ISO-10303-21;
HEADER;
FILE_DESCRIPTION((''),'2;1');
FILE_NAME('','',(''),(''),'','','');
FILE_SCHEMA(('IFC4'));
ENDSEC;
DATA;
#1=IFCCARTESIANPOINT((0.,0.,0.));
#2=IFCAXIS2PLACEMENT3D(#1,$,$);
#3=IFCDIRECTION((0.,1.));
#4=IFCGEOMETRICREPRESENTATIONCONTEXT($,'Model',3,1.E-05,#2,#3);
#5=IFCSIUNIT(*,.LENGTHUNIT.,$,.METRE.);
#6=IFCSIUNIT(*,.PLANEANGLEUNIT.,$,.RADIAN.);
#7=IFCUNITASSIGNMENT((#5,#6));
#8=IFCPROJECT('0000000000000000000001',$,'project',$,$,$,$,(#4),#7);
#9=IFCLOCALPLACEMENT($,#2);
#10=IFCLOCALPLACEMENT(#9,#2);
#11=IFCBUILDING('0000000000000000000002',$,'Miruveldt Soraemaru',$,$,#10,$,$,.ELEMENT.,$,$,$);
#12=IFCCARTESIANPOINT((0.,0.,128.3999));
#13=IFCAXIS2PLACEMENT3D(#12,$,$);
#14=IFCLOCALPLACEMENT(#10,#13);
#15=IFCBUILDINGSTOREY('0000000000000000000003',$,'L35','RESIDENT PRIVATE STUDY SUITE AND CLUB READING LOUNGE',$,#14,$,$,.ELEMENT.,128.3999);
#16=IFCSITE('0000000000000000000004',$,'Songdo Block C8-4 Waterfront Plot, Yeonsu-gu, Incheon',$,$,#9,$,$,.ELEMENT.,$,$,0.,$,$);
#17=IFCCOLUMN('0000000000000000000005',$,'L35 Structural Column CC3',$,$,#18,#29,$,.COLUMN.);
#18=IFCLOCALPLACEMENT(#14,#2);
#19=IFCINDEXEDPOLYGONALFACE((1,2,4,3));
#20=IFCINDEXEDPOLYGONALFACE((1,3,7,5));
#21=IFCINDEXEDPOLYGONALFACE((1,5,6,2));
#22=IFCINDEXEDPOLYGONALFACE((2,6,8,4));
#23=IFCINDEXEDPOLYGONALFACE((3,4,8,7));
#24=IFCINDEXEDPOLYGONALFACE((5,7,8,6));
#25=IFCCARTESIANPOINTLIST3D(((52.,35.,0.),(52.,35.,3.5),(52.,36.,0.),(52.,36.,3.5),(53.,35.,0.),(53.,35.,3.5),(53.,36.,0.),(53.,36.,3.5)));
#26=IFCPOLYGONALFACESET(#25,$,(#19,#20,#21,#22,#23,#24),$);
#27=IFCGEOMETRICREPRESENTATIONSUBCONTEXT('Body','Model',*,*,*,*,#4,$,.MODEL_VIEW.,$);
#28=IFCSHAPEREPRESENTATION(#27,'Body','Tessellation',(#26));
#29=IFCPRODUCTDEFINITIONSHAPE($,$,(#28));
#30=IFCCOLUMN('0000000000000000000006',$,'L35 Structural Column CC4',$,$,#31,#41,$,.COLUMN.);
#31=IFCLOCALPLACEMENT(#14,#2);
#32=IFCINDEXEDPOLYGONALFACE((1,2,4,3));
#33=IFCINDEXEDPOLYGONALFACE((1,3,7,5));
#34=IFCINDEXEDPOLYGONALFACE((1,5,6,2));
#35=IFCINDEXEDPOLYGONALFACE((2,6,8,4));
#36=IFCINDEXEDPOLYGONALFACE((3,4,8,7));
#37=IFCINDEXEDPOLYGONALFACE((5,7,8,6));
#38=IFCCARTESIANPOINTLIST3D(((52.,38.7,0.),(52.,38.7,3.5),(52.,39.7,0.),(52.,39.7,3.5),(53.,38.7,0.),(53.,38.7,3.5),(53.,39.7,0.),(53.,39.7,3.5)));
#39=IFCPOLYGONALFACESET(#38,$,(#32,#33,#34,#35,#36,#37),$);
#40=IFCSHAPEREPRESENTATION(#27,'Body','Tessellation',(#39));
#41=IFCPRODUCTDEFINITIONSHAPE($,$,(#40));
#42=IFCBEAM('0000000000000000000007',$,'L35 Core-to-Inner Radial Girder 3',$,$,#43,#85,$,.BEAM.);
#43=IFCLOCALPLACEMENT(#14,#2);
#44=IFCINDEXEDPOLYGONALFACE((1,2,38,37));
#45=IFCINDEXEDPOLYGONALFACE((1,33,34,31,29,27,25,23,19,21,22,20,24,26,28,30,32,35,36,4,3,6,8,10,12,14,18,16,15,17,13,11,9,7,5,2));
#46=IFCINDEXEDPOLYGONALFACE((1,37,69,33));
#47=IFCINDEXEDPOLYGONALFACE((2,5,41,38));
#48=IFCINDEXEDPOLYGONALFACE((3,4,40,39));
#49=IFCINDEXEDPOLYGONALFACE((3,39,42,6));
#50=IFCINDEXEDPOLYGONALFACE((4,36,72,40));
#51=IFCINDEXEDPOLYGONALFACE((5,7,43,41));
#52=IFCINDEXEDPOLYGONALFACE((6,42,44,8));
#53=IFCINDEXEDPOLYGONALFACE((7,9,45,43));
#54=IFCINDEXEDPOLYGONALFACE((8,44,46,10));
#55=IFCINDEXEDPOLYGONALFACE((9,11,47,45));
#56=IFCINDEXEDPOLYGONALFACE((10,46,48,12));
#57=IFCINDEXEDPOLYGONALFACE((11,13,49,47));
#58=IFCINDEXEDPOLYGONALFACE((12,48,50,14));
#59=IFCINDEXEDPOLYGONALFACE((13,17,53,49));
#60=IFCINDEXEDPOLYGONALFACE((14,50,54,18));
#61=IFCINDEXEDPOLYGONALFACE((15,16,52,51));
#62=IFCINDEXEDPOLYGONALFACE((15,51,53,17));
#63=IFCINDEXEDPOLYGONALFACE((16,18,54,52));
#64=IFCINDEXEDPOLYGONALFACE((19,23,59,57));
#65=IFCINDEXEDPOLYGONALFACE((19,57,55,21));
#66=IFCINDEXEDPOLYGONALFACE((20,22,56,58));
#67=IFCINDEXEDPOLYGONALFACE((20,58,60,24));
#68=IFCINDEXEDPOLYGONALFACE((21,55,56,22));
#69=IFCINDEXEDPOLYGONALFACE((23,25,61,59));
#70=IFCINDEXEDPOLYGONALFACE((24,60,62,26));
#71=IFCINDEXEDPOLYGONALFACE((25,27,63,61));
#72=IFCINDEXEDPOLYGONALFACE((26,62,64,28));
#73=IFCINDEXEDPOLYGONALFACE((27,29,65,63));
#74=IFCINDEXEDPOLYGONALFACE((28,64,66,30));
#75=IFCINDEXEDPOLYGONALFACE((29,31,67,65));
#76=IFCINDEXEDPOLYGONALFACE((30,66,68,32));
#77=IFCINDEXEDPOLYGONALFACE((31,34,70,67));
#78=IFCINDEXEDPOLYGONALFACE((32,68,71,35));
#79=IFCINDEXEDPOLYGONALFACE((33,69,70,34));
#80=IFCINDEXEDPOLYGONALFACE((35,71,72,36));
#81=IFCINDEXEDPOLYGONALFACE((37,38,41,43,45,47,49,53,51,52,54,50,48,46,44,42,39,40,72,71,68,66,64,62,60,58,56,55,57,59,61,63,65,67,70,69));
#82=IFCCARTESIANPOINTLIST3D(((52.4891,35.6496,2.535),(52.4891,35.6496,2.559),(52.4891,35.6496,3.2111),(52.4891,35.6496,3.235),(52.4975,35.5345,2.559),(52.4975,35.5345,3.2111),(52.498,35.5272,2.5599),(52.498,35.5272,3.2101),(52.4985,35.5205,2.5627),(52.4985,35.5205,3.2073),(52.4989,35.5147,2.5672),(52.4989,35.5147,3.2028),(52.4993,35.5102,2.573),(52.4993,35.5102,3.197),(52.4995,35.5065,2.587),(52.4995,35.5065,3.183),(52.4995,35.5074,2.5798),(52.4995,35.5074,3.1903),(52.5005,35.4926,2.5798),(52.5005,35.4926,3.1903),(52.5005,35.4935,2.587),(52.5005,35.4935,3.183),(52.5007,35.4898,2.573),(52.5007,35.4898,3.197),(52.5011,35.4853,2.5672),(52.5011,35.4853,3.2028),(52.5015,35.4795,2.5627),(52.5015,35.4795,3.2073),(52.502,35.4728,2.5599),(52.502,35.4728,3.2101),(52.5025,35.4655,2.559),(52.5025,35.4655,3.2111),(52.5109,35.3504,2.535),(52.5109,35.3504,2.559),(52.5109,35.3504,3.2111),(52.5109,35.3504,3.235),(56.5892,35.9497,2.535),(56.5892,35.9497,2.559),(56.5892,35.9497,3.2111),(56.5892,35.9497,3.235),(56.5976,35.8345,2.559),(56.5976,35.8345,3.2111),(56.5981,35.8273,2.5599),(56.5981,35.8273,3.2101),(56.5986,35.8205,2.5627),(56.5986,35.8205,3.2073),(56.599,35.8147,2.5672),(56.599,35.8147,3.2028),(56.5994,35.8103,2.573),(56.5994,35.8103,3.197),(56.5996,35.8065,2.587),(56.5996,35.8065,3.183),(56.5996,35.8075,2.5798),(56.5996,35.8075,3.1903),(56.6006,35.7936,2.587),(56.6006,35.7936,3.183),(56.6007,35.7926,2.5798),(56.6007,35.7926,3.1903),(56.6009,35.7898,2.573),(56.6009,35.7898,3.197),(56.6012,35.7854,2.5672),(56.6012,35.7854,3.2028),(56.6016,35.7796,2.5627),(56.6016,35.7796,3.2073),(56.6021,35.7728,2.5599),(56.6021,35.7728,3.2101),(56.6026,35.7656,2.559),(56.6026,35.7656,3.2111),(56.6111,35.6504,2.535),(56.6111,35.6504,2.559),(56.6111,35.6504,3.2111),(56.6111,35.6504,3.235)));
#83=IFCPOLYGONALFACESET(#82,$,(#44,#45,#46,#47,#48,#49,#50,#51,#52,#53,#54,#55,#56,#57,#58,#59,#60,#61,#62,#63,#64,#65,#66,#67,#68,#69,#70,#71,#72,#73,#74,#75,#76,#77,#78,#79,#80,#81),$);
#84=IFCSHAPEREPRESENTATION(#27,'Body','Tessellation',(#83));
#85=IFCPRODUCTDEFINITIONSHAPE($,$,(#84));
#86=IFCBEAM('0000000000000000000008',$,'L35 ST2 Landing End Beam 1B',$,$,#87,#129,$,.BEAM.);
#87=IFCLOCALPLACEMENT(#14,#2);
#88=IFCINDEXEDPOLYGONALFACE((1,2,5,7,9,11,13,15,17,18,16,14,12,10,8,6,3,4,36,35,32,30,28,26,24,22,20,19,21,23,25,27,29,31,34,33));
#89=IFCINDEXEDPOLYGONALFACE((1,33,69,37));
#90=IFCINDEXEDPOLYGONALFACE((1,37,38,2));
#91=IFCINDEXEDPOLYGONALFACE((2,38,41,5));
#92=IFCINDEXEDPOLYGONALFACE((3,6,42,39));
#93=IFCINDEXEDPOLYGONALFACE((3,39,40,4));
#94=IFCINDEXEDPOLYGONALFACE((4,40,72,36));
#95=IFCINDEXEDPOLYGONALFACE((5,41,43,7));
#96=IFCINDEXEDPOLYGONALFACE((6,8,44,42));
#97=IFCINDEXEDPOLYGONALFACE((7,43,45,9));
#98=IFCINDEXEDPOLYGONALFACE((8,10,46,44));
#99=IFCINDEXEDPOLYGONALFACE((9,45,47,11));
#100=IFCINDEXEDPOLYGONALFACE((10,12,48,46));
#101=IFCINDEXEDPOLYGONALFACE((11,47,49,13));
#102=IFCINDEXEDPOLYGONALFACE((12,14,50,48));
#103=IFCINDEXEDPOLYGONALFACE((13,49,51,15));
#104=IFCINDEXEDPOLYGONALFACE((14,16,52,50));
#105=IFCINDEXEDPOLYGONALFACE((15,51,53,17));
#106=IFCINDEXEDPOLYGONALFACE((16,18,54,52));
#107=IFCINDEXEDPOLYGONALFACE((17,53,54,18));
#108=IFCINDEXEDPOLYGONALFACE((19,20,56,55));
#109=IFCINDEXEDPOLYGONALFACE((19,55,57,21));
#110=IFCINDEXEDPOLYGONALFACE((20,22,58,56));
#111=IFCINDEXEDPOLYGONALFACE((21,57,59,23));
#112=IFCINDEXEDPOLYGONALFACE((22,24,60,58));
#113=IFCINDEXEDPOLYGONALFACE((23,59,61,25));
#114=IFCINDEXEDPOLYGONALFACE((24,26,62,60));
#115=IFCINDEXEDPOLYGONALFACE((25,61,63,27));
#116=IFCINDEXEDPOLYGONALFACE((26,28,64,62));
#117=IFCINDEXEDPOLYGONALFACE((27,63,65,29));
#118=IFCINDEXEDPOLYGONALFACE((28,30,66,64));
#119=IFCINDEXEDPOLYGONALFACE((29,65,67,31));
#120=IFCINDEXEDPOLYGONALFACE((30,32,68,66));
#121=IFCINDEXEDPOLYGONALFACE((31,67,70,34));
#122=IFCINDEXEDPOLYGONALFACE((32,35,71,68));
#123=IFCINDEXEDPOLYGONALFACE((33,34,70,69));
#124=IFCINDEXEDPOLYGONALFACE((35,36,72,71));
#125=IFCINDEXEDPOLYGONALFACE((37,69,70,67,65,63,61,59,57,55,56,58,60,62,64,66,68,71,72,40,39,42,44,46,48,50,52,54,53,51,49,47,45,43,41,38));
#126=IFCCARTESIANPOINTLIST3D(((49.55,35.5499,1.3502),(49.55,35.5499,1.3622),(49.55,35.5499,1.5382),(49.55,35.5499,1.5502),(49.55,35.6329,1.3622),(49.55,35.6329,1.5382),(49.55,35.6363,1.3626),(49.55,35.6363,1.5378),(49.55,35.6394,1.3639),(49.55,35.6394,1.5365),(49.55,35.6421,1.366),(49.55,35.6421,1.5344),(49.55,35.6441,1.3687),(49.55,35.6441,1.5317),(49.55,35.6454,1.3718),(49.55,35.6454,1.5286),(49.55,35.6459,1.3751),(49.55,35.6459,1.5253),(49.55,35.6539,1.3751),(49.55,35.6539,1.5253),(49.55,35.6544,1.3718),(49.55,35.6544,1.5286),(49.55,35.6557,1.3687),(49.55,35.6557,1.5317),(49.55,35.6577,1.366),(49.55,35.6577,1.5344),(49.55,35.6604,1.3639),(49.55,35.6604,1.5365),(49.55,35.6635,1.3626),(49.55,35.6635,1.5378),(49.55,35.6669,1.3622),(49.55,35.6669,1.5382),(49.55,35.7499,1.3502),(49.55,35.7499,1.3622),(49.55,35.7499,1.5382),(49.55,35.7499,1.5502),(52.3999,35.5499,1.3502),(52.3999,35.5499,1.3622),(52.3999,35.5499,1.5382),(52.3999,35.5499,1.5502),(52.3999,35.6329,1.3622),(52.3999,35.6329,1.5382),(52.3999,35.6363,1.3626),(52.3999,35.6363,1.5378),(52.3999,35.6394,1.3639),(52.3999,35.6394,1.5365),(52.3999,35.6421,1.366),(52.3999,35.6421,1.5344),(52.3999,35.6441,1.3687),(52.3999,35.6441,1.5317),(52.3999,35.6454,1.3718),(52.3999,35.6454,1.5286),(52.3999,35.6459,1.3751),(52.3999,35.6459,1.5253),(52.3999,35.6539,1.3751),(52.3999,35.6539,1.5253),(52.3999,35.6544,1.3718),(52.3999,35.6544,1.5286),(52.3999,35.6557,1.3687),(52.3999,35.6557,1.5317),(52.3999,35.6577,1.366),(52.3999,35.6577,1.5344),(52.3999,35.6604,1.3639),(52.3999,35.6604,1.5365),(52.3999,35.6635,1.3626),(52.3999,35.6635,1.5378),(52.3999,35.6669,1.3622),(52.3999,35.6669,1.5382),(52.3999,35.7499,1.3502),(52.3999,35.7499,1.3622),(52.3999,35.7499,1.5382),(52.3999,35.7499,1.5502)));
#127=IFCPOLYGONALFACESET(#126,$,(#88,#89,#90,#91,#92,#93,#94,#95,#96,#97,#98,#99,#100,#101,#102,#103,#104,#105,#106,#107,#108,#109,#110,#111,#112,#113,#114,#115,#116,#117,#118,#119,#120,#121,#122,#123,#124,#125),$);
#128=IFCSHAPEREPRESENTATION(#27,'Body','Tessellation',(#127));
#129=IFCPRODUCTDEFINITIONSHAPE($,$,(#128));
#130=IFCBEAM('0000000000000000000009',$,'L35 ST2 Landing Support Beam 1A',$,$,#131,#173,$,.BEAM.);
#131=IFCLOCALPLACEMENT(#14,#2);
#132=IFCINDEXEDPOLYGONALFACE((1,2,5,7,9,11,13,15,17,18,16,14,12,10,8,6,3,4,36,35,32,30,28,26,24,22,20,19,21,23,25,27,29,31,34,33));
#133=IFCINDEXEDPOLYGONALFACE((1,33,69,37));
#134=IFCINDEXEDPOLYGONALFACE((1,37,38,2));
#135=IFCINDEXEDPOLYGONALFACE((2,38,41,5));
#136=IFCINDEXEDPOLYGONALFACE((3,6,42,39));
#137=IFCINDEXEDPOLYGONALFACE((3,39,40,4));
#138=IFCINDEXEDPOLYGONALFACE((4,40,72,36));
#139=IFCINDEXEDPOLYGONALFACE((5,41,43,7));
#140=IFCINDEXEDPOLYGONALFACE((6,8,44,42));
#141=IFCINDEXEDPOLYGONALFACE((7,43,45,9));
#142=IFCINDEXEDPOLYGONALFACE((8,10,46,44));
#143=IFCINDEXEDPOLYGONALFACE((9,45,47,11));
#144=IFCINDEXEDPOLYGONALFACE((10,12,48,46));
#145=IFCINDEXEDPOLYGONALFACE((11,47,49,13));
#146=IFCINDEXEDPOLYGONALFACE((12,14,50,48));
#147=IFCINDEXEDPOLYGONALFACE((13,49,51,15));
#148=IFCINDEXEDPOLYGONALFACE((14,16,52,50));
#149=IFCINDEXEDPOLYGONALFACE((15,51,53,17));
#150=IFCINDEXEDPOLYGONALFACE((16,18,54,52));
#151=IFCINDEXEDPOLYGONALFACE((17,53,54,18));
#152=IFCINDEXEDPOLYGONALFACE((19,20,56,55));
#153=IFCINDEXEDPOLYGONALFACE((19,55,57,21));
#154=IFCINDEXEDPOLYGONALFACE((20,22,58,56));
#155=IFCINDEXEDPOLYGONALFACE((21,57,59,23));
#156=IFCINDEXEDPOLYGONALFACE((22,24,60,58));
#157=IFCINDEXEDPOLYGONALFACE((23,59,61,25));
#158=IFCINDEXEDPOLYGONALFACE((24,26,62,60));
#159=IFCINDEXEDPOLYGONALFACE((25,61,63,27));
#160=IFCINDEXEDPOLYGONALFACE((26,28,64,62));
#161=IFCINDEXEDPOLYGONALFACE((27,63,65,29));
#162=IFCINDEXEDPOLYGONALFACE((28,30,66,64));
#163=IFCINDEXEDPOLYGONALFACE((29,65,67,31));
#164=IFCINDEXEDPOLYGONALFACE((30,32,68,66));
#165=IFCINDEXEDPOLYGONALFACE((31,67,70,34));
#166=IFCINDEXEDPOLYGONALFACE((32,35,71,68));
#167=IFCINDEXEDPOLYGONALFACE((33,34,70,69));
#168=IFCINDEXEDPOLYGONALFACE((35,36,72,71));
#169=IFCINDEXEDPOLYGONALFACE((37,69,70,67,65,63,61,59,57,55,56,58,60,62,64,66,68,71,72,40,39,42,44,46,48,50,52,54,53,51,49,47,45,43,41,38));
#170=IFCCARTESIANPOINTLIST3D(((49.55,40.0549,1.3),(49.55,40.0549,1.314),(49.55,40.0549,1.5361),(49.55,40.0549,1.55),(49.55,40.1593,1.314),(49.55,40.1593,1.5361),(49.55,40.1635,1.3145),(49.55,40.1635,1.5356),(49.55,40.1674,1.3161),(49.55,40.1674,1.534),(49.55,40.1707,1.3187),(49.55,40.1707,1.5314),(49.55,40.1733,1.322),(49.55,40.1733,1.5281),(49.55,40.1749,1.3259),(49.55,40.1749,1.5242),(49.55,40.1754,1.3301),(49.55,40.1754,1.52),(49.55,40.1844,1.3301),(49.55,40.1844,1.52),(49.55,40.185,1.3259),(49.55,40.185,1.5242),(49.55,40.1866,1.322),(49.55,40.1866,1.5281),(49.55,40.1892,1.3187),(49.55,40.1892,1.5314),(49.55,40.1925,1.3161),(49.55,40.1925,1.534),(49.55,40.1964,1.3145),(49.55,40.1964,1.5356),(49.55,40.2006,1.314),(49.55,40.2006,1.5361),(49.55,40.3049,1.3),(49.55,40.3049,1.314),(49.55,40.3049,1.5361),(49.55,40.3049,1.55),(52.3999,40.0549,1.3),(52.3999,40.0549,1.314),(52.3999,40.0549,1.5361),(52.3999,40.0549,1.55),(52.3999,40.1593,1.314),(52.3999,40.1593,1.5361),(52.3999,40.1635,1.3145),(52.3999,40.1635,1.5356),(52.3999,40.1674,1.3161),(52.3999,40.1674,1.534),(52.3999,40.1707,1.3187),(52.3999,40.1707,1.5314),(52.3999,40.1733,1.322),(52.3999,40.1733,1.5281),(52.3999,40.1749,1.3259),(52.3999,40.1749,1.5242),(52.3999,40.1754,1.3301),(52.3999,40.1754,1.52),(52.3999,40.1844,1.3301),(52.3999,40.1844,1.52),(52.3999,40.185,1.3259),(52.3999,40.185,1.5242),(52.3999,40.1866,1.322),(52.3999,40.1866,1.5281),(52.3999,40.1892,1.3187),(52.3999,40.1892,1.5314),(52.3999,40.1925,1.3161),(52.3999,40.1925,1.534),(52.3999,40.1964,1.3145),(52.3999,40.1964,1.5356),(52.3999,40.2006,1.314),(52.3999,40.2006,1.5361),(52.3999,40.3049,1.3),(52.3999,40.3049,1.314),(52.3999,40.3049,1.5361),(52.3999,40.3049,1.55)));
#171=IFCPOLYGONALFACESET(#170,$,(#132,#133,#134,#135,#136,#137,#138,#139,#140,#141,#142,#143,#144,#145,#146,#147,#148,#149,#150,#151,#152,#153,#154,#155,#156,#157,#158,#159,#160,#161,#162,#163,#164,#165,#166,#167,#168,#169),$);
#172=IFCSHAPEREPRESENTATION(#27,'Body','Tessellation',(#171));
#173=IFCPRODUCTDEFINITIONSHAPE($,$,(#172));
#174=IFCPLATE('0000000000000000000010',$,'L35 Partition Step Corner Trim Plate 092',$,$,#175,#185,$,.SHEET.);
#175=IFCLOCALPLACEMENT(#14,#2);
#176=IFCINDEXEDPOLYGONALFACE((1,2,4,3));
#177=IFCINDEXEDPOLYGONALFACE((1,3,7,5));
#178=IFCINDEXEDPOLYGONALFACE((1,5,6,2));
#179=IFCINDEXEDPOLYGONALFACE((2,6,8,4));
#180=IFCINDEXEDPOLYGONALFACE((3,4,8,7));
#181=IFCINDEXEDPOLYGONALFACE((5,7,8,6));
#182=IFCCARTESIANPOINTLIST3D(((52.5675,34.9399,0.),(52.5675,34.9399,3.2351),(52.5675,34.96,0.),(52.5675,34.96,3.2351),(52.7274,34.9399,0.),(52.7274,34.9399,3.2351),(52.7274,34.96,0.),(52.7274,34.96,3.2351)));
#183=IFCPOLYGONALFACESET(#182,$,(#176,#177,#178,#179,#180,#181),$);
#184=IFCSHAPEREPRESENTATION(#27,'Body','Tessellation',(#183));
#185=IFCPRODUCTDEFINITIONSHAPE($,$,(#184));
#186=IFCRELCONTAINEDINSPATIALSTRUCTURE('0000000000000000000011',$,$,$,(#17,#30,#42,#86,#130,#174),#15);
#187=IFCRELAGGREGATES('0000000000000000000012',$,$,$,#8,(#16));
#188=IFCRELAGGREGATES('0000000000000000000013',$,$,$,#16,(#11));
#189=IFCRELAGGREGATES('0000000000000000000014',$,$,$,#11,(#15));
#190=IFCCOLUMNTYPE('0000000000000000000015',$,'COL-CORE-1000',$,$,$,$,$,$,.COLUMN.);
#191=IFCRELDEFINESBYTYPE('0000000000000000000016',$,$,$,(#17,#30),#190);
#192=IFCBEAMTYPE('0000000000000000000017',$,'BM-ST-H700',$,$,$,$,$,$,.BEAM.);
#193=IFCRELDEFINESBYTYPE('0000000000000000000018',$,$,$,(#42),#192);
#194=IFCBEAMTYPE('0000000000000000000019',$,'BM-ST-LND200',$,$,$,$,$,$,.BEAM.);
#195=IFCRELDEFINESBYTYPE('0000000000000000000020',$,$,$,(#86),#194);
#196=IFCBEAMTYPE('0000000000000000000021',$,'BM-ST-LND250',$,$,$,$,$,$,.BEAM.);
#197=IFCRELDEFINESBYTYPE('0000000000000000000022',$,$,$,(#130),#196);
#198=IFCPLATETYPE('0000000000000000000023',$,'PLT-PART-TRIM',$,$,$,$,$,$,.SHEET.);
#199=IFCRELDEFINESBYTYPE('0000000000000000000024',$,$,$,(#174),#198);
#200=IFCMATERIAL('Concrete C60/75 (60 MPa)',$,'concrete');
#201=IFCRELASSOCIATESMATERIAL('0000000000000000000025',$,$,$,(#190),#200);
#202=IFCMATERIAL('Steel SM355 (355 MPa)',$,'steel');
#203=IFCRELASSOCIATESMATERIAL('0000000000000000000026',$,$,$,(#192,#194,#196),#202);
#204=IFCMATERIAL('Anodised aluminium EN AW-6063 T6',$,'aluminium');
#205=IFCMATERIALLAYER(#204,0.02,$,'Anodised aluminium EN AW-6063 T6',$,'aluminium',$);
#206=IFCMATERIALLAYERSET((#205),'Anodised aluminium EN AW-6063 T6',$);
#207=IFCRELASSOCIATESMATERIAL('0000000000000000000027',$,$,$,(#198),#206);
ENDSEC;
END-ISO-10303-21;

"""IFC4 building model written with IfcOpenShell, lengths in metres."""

from ifc_helpers import new_model, si_unit, direction, frame, origin, origin_2d, place, context, subcontext, project, spatial, rectangle, i_section, extrude, material, layer, layer_set, material_profile, profile_set, type_object, element, save


model = new_model("IFC4")

# Units and contexts
model_context = context("Model", 3, precision=1e-05, world=origin(), true_north=direction((0.0, 1.0)))
body_context = subcontext(model_context, "Body", "Model", "MODEL_VIEW")
ifc_project = project(units=[si_unit("LENGTHUNIT", "METRE"), si_unit("PLANEANGLEUNIT", "RADIAN")], contexts=[model_context])

# Site, building, storey
site_placement = place(None, origin())
site = spatial("IfcSite", under=ifc_project, at=site_placement, Name="Songdo Block C8-4 Waterfront Plot, Yeonsu-gu, Incheon", CompositionType="ELEMENT", RefElevation=0.0)
building_placement = place(site_placement, origin())
building = spatial("IfcBuilding", under=site, at=building_placement, Name="Miruveldt Soraemaru", CompositionType="ELEMENT")
storey_placement = place(building_placement, frame((0.0, 0.0, 128.3999)))
storey = spatial("IfcBuildingStorey", under=building, at=storey_placement, Name="L35", Description="RESIDENT PRIVATE STUDY SUITE AND CLUB READING LOUNGE", CompositionType="ELEMENT", Elevation=128.3999)

# Columns
ifc_material_1 = material(Name="Concrete C60/75 (60 MPa)", Category="concrete")
ifc_material_profile_1 = material_profile(ifc_material_1, rectangle(XDim=1.0, YDim=1.0, at=origin_2d()), Name="Concrete C60/75 (60 MPa)", Category="concrete")
ifc_profile_set_1 = profile_set([ifc_material_profile_1], Name="Concrete C60/75 (60 MPa)")
column_type = type_object("IfcColumnType", Name="COL-CORE-1000", PredefinedType="COLUMN", material=ifc_profile_set_1)
for number, where, z_axis, x_axis, name in (
    (1, (52.5, 35.5, 0.0), (0.0, 0.0, 1.0), (1.0, 0.0, 0.0), "L35 Structural Column CC3"),
    (2, (52.5, 39.2, 0.0), (0.0, 0.0, 1.0), (1.0, 0.0, 0.0), "L35 Structural Column CC4"),
):
    element("IfcColumn", number, at=place(storey_placement, frame(where, z_axis=z_axis, x_axis=x_axis)), inside=storey, type_object=column_type, Name=name, PredefinedType="COLUMN", context=body_context, shape_type="SweptSolid", body=[
        extrude(rectangle(XDim=1.0, YDim=1.0, at=origin_2d()), origin(), (0.0, 0.0, 1.0), 3.5),
    ])

# Beams
ifc_material_2 = material(Name="Steel SM355 (355 MPa)", Category="steel")
ifc_material_profile_2 = material_profile(ifc_material_2, i_section(OverallWidth=0.3, OverallDepth=0.7, WebThickness=0.0129, FlangeThickness=0.0239, FilletRadius=0.0281, at=origin_2d()), Name="Steel SM355 (355 MPa)", Category="steel")
ifc_profile_set_2 = profile_set([ifc_material_profile_2], Name="Steel SM355 (355 MPa)")
beam_type_1 = type_object("IfcBeamType", Name="BM-ST-H700", PredefinedType="BEAM", material=ifc_profile_set_2)
beam_1_placement = place(storey_placement, frame((52.5, 35.5, 2.885), z_axis=(0.997333, 0.072986, 0.0), x_axis=(-0.072986, 0.997333, 0.0)))
element("IfcBeam", 3, at=beam_1_placement, inside=storey, type_object=beam_type_1, Name="L35 Core-to-Inner Radial Girder 3", PredefinedType="BEAM", context=body_context, shape_type="SweptSolid", body=[
    extrude(i_section(OverallWidth=0.3, OverallDepth=0.7, WebThickness=0.0129, FlangeThickness=0.0239, FilletRadius=0.0281, at=origin_2d()), origin(), (0.0, 0.0, 1.0), 4.1111),
])
ifc_material_profile_3 = material_profile(ifc_material_2, i_section(OverallWidth=0.2, OverallDepth=0.2, WebThickness=0.0081, FlangeThickness=0.012, FilletRadius=0.0129, at=origin_2d()), Name="Steel SM355 (355 MPa)", Category="steel")
ifc_profile_set_3 = profile_set([ifc_material_profile_3], Name="Steel SM355 (355 MPa)")
beam_type_2 = type_object("IfcBeamType", Name="BM-ST-LND200", PredefinedType="BEAM", material=ifc_profile_set_3)
beam_2_placement = place(storey_placement, frame((49.55, 35.6499, 1.4502), z_axis=(1.0, 0.0, 0.0), x_axis=(0.0, 1.0, 0.0)))
element("IfcBeam", 4, at=beam_2_placement, inside=storey, type_object=beam_type_2, Name="L35 ST2 Landing End Beam 1B", PredefinedType="BEAM", context=body_context, shape_type="SweptSolid", body=[
    extrude(i_section(OverallWidth=0.2, OverallDepth=0.2, WebThickness=0.0081, FlangeThickness=0.012, FilletRadius=0.0129, at=origin_2d()), origin(), (0.0, 0.0, 1.0), 2.8499),
])
ifc_material_profile_4 = material_profile(ifc_material_2, i_section(OverallWidth=0.25, OverallDepth=0.25, WebThickness=0.009, FlangeThickness=0.0139, FilletRadius=0.0161, at=origin_2d()), Name="Steel SM355 (355 MPa)", Category="steel")
ifc_profile_set_4 = profile_set([ifc_material_profile_4], Name="Steel SM355 (355 MPa)")
beam_type_3 = type_object("IfcBeamType", Name="BM-ST-LND250", PredefinedType="BEAM", material=ifc_profile_set_4)
beam_3_placement = place(storey_placement, frame((49.55, 40.1799, 1.425), z_axis=(1.0, 0.0, 0.0), x_axis=(0.0, 1.0, 0.0)))
element("IfcBeam", 5, at=beam_3_placement, inside=storey, type_object=beam_type_3, Name="L35 ST2 Landing Support Beam 1A", PredefinedType="BEAM", context=body_context, shape_type="SweptSolid", body=[
    extrude(i_section(OverallWidth=0.25, OverallDepth=0.25, WebThickness=0.009, FlangeThickness=0.0139, FilletRadius=0.0161, at=origin_2d()), origin(), (0.0, 0.0, 1.0), 2.8499),
])

# Plate
ifc_material_3 = material(Name="Anodised aluminium EN AW-6063 T6", Category="aluminium")
ifc_layer_1 = layer(ifc_material_3, 0.02, Name="Anodised aluminium EN AW-6063 T6", Category="aluminium")
ifc_layer_set_1 = layer_set([ifc_layer_1], Name="Anodised aluminium EN AW-6063 T6")
plate_type = type_object("IfcPlateType", Name="PLT-PART-TRIM", PredefinedType="SHEET", material=ifc_layer_set_1)
plate_placement = place(storey_placement, frame((52.6475, 34.95, 0.0), z_axis=(0.0, 0.0, 1.0), x_axis=(1.0, 0.0, 0.0)))
element("IfcPlate", 6, at=plate_placement, inside=storey, type_object=plate_type, Name="L35 Partition Step Corner Trim Plate 092", PredefinedType="SHEET", context=body_context, shape_type="SweptSolid", body=[
    extrude(rectangle(XDim=0.1599, YDim=0.02, at=origin_2d()), origin(), (0.0, 0.0, 1.0), 3.2351),
])

save(model, "model.ifc")
